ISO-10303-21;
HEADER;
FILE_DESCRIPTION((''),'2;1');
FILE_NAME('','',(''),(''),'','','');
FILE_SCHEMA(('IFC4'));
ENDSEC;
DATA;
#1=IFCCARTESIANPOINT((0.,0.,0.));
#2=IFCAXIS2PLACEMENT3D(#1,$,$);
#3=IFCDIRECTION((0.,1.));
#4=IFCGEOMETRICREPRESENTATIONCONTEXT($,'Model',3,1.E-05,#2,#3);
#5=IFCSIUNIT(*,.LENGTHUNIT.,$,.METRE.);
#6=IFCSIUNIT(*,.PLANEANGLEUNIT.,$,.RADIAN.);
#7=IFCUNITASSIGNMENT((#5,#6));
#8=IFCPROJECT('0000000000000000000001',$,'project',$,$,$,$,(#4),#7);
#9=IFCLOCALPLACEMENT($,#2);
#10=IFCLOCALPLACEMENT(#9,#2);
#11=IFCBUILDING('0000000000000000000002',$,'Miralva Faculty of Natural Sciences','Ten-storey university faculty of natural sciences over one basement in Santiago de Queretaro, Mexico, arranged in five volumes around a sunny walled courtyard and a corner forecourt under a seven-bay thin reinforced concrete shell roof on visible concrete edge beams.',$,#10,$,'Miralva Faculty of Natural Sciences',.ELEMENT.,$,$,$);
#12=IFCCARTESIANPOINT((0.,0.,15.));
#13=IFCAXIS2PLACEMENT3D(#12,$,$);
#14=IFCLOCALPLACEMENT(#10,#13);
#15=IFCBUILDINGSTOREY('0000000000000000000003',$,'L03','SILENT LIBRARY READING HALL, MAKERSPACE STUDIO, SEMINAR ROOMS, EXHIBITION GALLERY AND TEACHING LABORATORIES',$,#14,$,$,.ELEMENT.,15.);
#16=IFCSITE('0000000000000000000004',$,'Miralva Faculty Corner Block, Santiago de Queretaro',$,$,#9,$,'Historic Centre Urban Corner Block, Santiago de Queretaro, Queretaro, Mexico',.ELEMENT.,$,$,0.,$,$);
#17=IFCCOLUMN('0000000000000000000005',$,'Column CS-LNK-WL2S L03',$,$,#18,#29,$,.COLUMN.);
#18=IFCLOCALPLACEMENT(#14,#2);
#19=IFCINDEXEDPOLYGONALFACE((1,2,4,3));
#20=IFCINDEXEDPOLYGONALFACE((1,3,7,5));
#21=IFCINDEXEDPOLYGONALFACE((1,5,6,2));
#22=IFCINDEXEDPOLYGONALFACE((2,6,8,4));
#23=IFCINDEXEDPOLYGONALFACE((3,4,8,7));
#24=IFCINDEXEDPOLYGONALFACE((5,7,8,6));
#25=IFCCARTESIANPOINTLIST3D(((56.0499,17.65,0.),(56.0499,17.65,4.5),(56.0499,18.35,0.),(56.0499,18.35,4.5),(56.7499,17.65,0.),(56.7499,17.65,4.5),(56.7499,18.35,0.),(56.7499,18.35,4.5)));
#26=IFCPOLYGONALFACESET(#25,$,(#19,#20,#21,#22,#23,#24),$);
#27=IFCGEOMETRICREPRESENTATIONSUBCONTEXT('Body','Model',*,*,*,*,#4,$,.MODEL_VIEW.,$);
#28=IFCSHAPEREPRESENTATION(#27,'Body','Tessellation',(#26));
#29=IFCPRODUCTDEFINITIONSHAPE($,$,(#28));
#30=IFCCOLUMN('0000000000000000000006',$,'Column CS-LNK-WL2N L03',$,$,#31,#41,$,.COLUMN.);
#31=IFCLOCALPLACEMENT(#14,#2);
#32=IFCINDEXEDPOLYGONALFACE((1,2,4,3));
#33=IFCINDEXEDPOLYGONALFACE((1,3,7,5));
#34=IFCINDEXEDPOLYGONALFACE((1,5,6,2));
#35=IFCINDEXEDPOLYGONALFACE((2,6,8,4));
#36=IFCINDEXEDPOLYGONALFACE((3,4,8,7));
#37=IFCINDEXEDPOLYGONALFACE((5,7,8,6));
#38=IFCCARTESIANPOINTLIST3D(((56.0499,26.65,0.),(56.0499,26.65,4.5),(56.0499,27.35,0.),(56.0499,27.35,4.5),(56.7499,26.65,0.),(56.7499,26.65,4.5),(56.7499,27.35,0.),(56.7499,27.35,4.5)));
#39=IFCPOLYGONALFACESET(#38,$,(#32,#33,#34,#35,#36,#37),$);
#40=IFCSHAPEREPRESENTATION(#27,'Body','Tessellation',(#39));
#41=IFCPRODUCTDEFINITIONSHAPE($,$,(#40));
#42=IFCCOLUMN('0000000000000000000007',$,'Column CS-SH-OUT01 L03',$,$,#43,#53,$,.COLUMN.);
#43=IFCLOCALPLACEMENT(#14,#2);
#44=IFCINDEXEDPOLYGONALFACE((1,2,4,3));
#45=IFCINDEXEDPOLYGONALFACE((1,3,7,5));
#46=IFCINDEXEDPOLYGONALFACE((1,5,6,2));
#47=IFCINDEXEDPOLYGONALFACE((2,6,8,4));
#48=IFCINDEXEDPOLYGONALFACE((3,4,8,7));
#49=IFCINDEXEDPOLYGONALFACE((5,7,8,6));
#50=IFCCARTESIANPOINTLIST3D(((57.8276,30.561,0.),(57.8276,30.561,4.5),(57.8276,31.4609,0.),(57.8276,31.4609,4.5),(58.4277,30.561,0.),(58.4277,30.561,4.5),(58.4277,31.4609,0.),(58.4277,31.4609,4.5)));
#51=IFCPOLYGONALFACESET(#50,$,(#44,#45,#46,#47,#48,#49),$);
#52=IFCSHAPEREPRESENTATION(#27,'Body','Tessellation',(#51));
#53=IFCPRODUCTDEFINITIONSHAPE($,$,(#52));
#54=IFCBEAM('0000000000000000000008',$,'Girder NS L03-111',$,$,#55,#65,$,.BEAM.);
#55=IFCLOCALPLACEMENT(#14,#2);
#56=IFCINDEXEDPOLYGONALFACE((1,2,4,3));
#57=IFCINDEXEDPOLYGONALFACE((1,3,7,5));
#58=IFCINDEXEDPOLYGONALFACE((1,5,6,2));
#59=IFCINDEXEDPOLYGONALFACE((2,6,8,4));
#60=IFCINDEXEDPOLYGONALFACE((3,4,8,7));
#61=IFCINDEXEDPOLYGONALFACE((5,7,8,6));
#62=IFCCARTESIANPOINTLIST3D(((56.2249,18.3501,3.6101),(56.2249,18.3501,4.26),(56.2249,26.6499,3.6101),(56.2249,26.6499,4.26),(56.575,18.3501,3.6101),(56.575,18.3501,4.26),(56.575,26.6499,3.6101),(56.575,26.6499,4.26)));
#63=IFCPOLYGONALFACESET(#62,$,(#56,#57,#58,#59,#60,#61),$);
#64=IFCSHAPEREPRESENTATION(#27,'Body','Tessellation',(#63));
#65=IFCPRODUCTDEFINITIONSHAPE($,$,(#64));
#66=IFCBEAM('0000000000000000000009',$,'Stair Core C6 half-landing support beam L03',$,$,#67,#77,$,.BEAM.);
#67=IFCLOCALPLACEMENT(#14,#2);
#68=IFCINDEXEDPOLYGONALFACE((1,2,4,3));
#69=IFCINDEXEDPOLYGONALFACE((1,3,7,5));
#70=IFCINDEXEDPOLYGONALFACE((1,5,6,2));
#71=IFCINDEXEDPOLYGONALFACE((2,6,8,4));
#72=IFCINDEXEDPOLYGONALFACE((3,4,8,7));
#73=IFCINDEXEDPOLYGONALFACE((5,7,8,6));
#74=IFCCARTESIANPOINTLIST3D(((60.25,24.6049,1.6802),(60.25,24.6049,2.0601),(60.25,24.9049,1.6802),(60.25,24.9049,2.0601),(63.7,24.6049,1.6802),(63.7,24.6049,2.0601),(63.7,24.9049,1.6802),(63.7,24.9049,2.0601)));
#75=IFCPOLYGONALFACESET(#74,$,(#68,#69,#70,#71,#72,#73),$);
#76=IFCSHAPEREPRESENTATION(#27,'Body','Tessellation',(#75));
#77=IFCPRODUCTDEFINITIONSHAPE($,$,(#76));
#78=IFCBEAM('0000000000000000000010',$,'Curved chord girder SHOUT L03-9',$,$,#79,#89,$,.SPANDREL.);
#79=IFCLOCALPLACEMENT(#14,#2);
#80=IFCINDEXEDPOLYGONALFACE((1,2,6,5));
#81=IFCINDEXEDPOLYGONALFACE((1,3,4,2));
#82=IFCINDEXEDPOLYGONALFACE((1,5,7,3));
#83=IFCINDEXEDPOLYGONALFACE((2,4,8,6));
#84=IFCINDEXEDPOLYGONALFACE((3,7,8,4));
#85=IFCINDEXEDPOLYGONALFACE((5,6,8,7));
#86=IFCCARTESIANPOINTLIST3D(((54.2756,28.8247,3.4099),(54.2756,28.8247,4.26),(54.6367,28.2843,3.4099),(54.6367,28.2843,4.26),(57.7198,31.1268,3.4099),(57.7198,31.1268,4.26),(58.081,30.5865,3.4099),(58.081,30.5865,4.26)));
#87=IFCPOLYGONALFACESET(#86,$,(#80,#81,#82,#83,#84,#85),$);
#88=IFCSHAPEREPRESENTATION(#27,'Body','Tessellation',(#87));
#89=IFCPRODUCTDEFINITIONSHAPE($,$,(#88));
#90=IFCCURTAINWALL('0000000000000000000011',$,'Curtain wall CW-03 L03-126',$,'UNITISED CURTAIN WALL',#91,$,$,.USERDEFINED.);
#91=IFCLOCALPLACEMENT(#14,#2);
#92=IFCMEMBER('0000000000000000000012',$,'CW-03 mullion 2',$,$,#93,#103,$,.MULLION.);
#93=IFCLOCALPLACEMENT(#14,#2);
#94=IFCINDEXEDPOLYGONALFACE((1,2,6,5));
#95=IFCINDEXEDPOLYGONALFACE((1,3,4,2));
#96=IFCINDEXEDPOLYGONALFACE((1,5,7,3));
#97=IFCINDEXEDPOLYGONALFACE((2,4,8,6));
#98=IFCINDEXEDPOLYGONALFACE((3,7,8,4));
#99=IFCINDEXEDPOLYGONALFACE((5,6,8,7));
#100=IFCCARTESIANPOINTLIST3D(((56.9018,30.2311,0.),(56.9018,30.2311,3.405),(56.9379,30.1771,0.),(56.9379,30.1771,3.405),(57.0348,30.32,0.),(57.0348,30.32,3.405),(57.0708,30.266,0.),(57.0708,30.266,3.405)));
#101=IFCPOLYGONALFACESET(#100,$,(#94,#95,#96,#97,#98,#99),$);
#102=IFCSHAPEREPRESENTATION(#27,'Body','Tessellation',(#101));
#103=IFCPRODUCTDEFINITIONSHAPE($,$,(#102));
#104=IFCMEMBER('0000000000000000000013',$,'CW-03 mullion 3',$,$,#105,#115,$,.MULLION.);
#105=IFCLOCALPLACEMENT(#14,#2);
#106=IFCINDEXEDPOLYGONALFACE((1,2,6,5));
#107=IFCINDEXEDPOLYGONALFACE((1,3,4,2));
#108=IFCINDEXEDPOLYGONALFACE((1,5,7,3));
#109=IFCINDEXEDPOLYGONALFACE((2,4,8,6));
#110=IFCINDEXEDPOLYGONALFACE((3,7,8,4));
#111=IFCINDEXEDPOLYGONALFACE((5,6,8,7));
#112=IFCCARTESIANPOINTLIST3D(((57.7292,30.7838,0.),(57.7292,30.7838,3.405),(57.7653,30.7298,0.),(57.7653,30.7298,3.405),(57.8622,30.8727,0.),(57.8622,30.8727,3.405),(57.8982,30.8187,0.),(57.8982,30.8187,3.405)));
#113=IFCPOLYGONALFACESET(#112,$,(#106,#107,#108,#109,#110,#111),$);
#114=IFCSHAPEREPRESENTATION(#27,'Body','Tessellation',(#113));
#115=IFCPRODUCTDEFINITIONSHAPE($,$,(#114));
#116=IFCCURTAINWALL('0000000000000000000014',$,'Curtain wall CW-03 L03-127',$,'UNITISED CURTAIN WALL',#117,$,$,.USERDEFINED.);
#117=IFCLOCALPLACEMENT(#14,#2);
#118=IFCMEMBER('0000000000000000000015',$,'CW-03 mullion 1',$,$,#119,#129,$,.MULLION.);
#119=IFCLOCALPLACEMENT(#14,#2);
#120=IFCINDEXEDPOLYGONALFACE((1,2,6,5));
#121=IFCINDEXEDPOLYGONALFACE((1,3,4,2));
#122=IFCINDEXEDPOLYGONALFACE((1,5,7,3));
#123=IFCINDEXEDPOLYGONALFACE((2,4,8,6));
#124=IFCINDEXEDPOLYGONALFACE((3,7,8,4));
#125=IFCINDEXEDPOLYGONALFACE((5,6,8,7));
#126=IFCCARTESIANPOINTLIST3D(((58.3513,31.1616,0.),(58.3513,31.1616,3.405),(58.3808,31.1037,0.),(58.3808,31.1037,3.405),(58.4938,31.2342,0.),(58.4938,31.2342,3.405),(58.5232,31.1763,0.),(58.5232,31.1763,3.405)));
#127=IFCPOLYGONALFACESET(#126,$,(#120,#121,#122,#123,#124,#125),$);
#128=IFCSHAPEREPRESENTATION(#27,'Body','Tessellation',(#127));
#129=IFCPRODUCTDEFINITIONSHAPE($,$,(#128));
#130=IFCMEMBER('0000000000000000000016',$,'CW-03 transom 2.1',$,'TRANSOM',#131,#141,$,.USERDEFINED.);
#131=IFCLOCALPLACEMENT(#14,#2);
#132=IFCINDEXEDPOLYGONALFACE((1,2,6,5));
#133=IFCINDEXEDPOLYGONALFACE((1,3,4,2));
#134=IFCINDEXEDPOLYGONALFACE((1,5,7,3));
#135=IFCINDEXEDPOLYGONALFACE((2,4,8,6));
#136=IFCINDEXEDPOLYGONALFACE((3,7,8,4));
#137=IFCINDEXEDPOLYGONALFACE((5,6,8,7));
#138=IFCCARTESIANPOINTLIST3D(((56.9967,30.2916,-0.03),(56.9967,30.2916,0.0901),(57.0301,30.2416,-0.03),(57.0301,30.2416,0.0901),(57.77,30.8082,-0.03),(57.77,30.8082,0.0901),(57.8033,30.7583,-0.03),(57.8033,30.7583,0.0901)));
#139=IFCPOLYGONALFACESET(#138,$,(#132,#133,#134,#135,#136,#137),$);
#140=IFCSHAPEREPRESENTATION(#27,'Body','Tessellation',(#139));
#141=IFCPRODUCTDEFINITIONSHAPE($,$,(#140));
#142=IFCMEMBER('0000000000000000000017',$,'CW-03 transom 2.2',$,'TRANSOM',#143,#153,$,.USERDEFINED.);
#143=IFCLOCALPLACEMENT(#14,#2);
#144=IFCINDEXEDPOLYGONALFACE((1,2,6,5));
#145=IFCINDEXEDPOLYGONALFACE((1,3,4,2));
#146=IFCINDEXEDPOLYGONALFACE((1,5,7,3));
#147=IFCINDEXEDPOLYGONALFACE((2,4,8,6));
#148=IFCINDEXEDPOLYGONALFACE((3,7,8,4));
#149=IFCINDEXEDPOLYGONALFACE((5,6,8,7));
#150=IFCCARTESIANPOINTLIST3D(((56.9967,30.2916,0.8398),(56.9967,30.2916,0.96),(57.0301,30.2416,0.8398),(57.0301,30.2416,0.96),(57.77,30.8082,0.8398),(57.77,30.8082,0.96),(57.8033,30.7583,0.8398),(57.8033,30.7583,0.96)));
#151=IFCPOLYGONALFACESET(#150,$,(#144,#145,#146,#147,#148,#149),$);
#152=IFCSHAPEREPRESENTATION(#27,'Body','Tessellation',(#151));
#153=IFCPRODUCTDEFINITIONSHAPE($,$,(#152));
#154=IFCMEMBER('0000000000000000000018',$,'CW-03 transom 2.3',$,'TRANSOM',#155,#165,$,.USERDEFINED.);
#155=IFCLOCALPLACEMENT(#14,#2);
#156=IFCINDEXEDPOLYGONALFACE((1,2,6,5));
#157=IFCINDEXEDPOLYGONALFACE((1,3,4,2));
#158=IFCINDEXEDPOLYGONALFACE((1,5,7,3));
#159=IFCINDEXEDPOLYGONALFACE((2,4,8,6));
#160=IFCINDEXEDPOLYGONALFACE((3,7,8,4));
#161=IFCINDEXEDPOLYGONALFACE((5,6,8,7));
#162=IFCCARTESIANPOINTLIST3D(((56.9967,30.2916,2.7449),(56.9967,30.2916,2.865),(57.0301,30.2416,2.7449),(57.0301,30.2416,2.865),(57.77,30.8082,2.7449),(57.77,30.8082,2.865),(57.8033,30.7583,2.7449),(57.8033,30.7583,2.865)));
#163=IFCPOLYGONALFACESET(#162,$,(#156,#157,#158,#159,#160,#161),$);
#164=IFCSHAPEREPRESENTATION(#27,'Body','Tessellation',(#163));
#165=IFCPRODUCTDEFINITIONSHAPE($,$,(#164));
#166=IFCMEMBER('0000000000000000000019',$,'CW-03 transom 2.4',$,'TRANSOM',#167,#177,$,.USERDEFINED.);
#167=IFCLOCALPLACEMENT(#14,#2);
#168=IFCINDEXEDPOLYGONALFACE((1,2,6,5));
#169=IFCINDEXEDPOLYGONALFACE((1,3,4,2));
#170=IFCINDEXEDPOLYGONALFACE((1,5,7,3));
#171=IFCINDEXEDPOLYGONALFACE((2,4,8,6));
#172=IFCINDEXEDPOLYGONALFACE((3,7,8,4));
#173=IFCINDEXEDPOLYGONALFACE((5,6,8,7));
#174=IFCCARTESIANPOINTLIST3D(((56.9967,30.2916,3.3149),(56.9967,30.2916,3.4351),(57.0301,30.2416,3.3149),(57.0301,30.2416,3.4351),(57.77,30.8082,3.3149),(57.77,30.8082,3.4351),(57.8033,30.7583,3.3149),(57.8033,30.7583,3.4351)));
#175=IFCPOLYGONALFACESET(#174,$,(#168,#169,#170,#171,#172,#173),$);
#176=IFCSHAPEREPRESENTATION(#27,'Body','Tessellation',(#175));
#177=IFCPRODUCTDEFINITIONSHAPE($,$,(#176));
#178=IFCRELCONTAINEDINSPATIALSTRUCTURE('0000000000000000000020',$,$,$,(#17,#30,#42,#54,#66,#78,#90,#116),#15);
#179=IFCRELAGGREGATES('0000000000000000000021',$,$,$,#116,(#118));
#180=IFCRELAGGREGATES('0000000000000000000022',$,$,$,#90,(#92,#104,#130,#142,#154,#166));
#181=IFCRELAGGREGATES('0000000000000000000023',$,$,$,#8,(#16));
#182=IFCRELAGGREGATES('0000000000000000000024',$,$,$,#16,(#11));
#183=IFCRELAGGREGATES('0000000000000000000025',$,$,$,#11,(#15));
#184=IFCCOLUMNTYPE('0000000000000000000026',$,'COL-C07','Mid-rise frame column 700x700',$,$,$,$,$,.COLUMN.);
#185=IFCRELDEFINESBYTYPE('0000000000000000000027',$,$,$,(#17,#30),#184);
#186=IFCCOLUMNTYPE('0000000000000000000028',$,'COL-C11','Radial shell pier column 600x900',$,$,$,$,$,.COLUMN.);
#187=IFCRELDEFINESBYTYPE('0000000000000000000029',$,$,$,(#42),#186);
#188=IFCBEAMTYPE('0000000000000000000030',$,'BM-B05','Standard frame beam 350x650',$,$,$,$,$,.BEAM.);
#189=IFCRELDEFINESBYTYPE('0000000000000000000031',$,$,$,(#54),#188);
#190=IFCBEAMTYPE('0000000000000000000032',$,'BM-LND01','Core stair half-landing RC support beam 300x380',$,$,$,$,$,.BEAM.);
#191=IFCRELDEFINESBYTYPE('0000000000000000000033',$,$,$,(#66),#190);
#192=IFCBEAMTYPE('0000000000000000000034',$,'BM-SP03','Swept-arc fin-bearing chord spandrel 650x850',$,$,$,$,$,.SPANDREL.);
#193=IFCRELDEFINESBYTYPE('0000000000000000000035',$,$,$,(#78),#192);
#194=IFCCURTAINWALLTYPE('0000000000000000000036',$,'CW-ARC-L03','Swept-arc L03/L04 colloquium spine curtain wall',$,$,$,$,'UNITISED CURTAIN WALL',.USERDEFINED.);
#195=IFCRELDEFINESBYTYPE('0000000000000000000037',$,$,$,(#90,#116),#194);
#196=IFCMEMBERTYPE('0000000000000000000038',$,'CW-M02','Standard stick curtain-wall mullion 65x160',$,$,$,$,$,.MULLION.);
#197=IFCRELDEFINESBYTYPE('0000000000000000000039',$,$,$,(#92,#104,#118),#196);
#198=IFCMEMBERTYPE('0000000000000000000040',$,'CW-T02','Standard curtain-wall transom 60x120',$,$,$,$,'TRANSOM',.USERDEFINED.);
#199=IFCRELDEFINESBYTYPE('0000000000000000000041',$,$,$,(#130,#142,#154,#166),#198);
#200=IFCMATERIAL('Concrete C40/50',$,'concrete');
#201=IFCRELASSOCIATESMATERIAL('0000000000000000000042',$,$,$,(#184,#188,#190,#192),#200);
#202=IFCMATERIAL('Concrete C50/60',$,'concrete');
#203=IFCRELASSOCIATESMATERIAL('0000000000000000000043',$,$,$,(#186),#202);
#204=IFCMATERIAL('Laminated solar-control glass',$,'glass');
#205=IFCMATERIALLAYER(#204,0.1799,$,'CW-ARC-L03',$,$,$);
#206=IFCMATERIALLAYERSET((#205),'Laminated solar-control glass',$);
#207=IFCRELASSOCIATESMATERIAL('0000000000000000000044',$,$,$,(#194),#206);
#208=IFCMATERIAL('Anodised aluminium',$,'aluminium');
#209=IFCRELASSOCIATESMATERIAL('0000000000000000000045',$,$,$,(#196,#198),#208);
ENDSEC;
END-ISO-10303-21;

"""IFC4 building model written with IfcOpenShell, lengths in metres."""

from ifc_helpers import new_model, si_unit, direction, frame, origin, origin_2d, place, context, subcontext, project, spatial, rectangle, extrude, material, layer, layer_set, material_profile, profile_set, type_object, element, aggregate, save


model = new_model("IFC4")

# Units and contexts
model_context = context("Model", 3, precision=1e-05, world=origin(), true_north=direction((0.0, 1.0)))
body_context = subcontext(model_context, "Body", "Model", "MODEL_VIEW")
ifc_project = project(units=[si_unit("LENGTHUNIT", "METRE"), si_unit("PLANEANGLEUNIT", "RADIAN")], contexts=[model_context])

# Site, building, storey
site_placement = place(None, origin())
site = spatial("IfcSite", under=ifc_project, at=site_placement, Name="Miralva Faculty Corner Block, Santiago de Queretaro", LongName="Historic Centre Urban Corner Block, Santiago de Queretaro, Queretaro, Mexico", CompositionType="ELEMENT", RefElevation=0.0)
building_placement = place(site_placement, origin())
building = spatial("IfcBuilding", under=site, at=building_placement, Name="Miralva Faculty of Natural Sciences", Description="Ten-storey university faculty of natural sciences over one basement in Santiago de Queretaro, Mexico, arranged in five volumes around a sunny walled courtyard and a corner forecourt under a seven-bay thin reinforced concrete shell roof on visible concrete edge beams.", LongName="Miralva Faculty of Natural Sciences", CompositionType="ELEMENT")
storey_placement = place(building_placement, frame((0.0, 0.0, 15.0)))
storey = spatial("IfcBuildingStorey", under=building, at=storey_placement, Name="L03", Description="SILENT LIBRARY READING HALL, MAKERSPACE STUDIO, SEMINAR ROOMS, EXHIBITION GALLERY AND TEACHING LABORATORIES", CompositionType="ELEMENT", Elevation=15.0)

# Columns
ifc_material_1 = material(Name="Concrete C40/50", Category="concrete")
ifc_material_profile_1 = material_profile(ifc_material_1, rectangle(XDim=0.7, YDim=0.7, at=origin_2d()), Name="RC 700x700")
ifc_profile_set_1 = profile_set([ifc_material_profile_1], Name="Concrete C40/50")
column_type_1 = type_object("IfcColumnType", Name="COL-C07", Description="Mid-rise frame column 700x700", PredefinedType="COLUMN", material=ifc_profile_set_1)
for number, where, z_axis, x_axis, name in (
    (1, (56.3999, 18.0, 0.0), (0.0, 0.0, 1.0), (1.0, 0.0, 0.0), "Column CS-LNK-WL2S L03"),
    (2, (56.3999, 27.0, 0.0), (0.0, 0.0, 1.0), (1.0, 0.0, 0.0), "Column CS-LNK-WL2N L03"),
):
    element("IfcColumn", number, at=place(storey_placement, frame(where, z_axis=z_axis, x_axis=x_axis)), inside=storey, type_object=column_type_1, Name=name, PredefinedType="COLUMN", context=body_context, shape_type="SweptSolid", body=[
        extrude(rectangle(XDim=0.7, YDim=0.7, at=origin_2d()), origin(), (0.0, 0.0, 1.0), 4.5),
    ])
ifc_material_2 = material(Name="Concrete C50/60", Category="concrete")
ifc_material_profile_2 = material_profile(ifc_material_2, rectangle(XDim=0.6001, YDim=0.8999, at=origin_2d()), Name="RC 600x900")
ifc_profile_set_2 = profile_set([ifc_material_profile_2], Name="Concrete C50/60")
column_type_2 = type_object("IfcColumnType", Name="COL-C11", Description="Radial shell pier column 600x900", PredefinedType="COLUMN", material=ifc_profile_set_2)
column_placement = place(storey_placement, frame((58.1277, 31.011, 0.0), z_axis=(0.0, 0.0, 1.0), x_axis=(1.0, 0.0, 0.0)))
element("IfcColumn", 3, at=column_placement, inside=storey, type_object=column_type_2, Name="Column CS-SH-OUT01 L03", PredefinedType="COLUMN", context=body_context, shape_type="SweptSolid", body=[
    extrude(rectangle(XDim=0.6001, YDim=0.8999, at=origin_2d()), origin(), (0.0, 0.0, 1.0), 4.5),
])

# Beams
ifc_material_profile_3 = material_profile(ifc_material_1, rectangle(XDim=0.3501, YDim=0.6499, at=origin_2d()), Name="RC 350x650")
ifc_profile_set_3 = profile_set([ifc_material_profile_3], Name="Concrete C40/50")
beam_type_1 = type_object("IfcBeamType", Name="BM-B05", Description="Standard frame beam 350x650", PredefinedType="BEAM", material=ifc_profile_set_3)
beam_1_placement = place(storey_placement, frame((56.3999, 18.3501, 3.9351), z_axis=(0.0, 1.0, 0.0), x_axis=(-1.0, 0.0, 0.0)))
element("IfcBeam", 4, at=beam_1_placement, inside=storey, type_object=beam_type_1, Name="Girder NS L03-111", PredefinedType="BEAM", context=body_context, shape_type="SweptSolid", body=[
    extrude(rectangle(XDim=0.3501, YDim=0.6499, at=origin_2d()), origin(), (0.0, 0.0, 1.0), 8.2998),
])
ifc_material_profile_4 = material_profile(ifc_material_1, rectangle(XDim=0.3, YDim=0.3799, at=origin_2d()), Name="RC 300x380")
ifc_profile_set_4 = profile_set([ifc_material_profile_4], Name="Concrete C40/50")
beam_type_2 = type_object("IfcBeamType", Name="BM-LND01", Description="Core stair half-landing RC support beam 300x380", PredefinedType="BEAM", material=ifc_profile_set_4)
beam_2_placement = place(storey_placement, frame((60.25, 24.7549, 1.8701), z_axis=(1.0, 0.0, 0.0), x_axis=(0.0, 1.0, 0.0)))
element("IfcBeam", 5, at=beam_2_placement, inside=storey, type_object=beam_type_2, Name="Stair Core C6 half-landing support beam L03", PredefinedType="BEAM", context=body_context, shape_type="SweptSolid", body=[
    extrude(rectangle(XDim=0.3, YDim=0.3799, at=origin_2d()), origin(), (0.0, 0.0, 1.0), 3.45),
])
ifc_material_profile_5 = material_profile(ifc_material_1, rectangle(XDim=0.6499, YDim=0.8501, at=origin_2d()), Name="RC 650x850")
ifc_profile_set_5 = profile_set([ifc_material_profile_5], Name="Concrete C40/50")
beam_type_3 = type_object("IfcBeamType", Name="BM-SP03", Description="Swept-arc fin-bearing chord spandrel 650x850", PredefinedType="SPANDREL", material=ifc_profile_set_5)
beam_3_placement = place(storey_placement, frame((57.9004, 30.8567, 3.835), z_axis=(-0.831379, -0.555706, 0.0), x_axis=(0.555706, -0.831379, 0.0)))
element("IfcBeam", 6, at=beam_3_placement, inside=storey, type_object=beam_type_3, Name="Curved chord girder SHOUT L03-9", PredefinedType="SPANDREL", context=body_context, shape_type="SweptSolid", body=[
    extrude(rectangle(XDim=0.6499, YDim=0.8501, at=origin_2d()), origin(), (0.0, 0.0, 1.0), 4.1428),
])

# Curtain wall, members
ifc_material_3 = material(Name="Laminated solar-control glass", Category="glass")
ifc_layer_1 = layer(ifc_material_3, 0.1799, Name="CW-ARC-L03")
ifc_layer_set_1 = layer_set([ifc_layer_1], Name="Laminated solar-control glass")
curtain_wall_type = type_object("IfcCurtainWallType", Name="CW-ARC-L03", Description="Swept-arc L03/L04 colloquium spine curtain wall", ElementType="UNITISED CURTAIN WALL", PredefinedType="USERDEFINED", material=ifc_layer_set_1)
curtain_wall_1_placement = place(storey_placement, origin())
curtain_wall_1 = element("IfcCurtainWall", 7, at=curtain_wall_1_placement, inside=storey, type_object=curtain_wall_type, Name="Curtain wall CW-03 L03-126", ObjectType="UNITISED CURTAIN WALL", PredefinedType="USERDEFINED")
ifc_material_4 = material(Name="Anodised aluminium", Category="aluminium")
ifc_material_profile_6 = material_profile(ifc_material_4, rectangle(XDim=0.0649, YDim=0.1599, at=origin_2d()), Name="MULLION 65x160")
ifc_profile_set_6 = profile_set([ifc_material_profile_6], Name="Anodised aluminium")
member_type_1 = type_object("IfcMemberType", Name="CW-M02", Description="Standard stick curtain-wall mullion 65x160", PredefinedType="MULLION", material=ifc_profile_set_6)
member_1_placement = place(storey_placement, frame((56.9863, 30.2485, 0.0), z_axis=(0.0, 0.0, 1.0), x_axis=(-0.555587, 0.831458, 0.0)))
member_1 = element("IfcMember", 8, at=member_1_placement, type_object=member_type_1, Name="CW-03 mullion 2", PredefinedType="MULLION", context=body_context, shape_type="SweptSolid", body=[
    extrude(rectangle(XDim=0.0649, YDim=0.1599, at=origin_2d()), origin(), (0.0, 0.0, 1.0), 3.405),
])
member_2_placement = place(storey_placement, frame((57.8137, 30.8013, 0.0), z_axis=(0.0, 0.0, 1.0), x_axis=(-0.555587, 0.831458, 0.0)))
member_2 = element("IfcMember", 9, at=member_2_placement, type_object=member_type_1, Name="CW-03 mullion 3", PredefinedType="MULLION", context=body_context, shape_type="SweptSolid", body=[
    extrude(rectangle(XDim=0.0649, YDim=0.1599, at=origin_2d()), origin(), (0.0, 0.0, 1.0), 3.405),
])

# Curtain wall, member
curtain_wall_2_placement = place(storey_placement, origin())
curtain_wall_2 = element("IfcCurtainWall", 10, at=curtain_wall_2_placement, inside=storey, type_object=curtain_wall_type, Name="Curtain wall CW-03 L03-127", ObjectType="UNITISED CURTAIN WALL", PredefinedType="USERDEFINED")
member_3_placement = place(storey_placement, frame((58.4373, 31.1689, 0.0), z_axis=(0.0, 0.0, 1.0), x_axis=(-0.454, 0.891002, 0.0)))
member_3 = element("IfcMember", 11, at=member_3_placement, type_object=member_type_1, Name="CW-03 mullion 1", PredefinedType="MULLION", context=body_context, shape_type="SweptSolid", body=[
    extrude(rectangle(XDim=0.0649, YDim=0.1599, at=origin_2d()), origin(), (0.0, 0.0, 1.0), 3.405),
])

# Members
ifc_material_profile_7 = material_profile(ifc_material_4, rectangle(XDim=0.0601, YDim=0.1201, at=origin_2d()), Name="TRANSOM 60x120")
ifc_profile_set_7 = profile_set([ifc_material_profile_7], Name="Anodised aluminium")
member_type_2 = type_object("IfcMemberType", Name="CW-T02", Description="Standard curtain-wall transom 60x120", ElementType="TRANSOM", PredefinedType="USERDEFINED", material=ifc_profile_set_7)
member_4_placement = place(storey_placement, frame((57.0134, 30.2666, 0.03), z_axis=(0.831484, 0.555548, 0.0), x_axis=(-0.555548, 0.831484, 0.0)))
member_4 = element("IfcMember", 12, at=member_4_placement, type_object=member_type_2, Name="CW-03 transom 2.1", ObjectType="TRANSOM", PredefinedType="USERDEFINED", context=body_context, shape_type="SweptSolid", body=[
    extrude(rectangle(XDim=0.0601, YDim=0.1201, at=origin_2d()), origin(), (0.0, 0.0, 1.0), 0.9299),
])
member_5_placement = place(storey_placement, frame((57.0134, 30.2666, 0.8999), z_axis=(0.831484, 0.555548, 0.0), x_axis=(-0.555548, 0.831484, 0.0)))
member_5 = element("IfcMember", 13, at=member_5_placement, type_object=member_type_2, Name="CW-03 transom 2.2", ObjectType="TRANSOM", PredefinedType="USERDEFINED", context=body_context, shape_type="SweptSolid", body=[
    extrude(rectangle(XDim=0.0601, YDim=0.1201, at=origin_2d()), origin(), (0.0, 0.0, 1.0), 0.9299),
])
member_6_placement = place(storey_placement, frame((57.0134, 30.2666, 2.8049), z_axis=(0.831484, 0.555548, 0.0), x_axis=(-0.555548, 0.831484, 0.0)))
member_6 = element("IfcMember", 14, at=member_6_placement, type_object=member_type_2, Name="CW-03 transom 2.3", ObjectType="TRANSOM", PredefinedType="USERDEFINED", context=body_context, shape_type="SweptSolid", body=[
    extrude(rectangle(XDim=0.0601, YDim=0.1201, at=origin_2d()), origin(), (0.0, 0.0, 1.0), 0.9299),
])
member_7_placement = place(storey_placement, frame((57.0134, 30.2666, 3.375), z_axis=(0.831484, 0.555548, 0.0), x_axis=(-0.555548, 0.831484, 0.0)))
member_7 = element("IfcMember", 15, at=member_7_placement, type_object=member_type_2, Name="CW-03 transom 2.4", ObjectType="TRANSOM", PredefinedType="USERDEFINED", context=body_context, shape_type="SweptSolid", body=[
    extrude(rectangle(XDim=0.0601, YDim=0.1201, at=origin_2d()), origin(), (0.0, 0.0, 1.0), 0.9299),
])
aggregate(curtain_wall_2, [member_3])

aggregate(curtain_wall_1, [member_1, member_2, member_4, member_5, member_6, member_7])

save(model, "model.ifc")
